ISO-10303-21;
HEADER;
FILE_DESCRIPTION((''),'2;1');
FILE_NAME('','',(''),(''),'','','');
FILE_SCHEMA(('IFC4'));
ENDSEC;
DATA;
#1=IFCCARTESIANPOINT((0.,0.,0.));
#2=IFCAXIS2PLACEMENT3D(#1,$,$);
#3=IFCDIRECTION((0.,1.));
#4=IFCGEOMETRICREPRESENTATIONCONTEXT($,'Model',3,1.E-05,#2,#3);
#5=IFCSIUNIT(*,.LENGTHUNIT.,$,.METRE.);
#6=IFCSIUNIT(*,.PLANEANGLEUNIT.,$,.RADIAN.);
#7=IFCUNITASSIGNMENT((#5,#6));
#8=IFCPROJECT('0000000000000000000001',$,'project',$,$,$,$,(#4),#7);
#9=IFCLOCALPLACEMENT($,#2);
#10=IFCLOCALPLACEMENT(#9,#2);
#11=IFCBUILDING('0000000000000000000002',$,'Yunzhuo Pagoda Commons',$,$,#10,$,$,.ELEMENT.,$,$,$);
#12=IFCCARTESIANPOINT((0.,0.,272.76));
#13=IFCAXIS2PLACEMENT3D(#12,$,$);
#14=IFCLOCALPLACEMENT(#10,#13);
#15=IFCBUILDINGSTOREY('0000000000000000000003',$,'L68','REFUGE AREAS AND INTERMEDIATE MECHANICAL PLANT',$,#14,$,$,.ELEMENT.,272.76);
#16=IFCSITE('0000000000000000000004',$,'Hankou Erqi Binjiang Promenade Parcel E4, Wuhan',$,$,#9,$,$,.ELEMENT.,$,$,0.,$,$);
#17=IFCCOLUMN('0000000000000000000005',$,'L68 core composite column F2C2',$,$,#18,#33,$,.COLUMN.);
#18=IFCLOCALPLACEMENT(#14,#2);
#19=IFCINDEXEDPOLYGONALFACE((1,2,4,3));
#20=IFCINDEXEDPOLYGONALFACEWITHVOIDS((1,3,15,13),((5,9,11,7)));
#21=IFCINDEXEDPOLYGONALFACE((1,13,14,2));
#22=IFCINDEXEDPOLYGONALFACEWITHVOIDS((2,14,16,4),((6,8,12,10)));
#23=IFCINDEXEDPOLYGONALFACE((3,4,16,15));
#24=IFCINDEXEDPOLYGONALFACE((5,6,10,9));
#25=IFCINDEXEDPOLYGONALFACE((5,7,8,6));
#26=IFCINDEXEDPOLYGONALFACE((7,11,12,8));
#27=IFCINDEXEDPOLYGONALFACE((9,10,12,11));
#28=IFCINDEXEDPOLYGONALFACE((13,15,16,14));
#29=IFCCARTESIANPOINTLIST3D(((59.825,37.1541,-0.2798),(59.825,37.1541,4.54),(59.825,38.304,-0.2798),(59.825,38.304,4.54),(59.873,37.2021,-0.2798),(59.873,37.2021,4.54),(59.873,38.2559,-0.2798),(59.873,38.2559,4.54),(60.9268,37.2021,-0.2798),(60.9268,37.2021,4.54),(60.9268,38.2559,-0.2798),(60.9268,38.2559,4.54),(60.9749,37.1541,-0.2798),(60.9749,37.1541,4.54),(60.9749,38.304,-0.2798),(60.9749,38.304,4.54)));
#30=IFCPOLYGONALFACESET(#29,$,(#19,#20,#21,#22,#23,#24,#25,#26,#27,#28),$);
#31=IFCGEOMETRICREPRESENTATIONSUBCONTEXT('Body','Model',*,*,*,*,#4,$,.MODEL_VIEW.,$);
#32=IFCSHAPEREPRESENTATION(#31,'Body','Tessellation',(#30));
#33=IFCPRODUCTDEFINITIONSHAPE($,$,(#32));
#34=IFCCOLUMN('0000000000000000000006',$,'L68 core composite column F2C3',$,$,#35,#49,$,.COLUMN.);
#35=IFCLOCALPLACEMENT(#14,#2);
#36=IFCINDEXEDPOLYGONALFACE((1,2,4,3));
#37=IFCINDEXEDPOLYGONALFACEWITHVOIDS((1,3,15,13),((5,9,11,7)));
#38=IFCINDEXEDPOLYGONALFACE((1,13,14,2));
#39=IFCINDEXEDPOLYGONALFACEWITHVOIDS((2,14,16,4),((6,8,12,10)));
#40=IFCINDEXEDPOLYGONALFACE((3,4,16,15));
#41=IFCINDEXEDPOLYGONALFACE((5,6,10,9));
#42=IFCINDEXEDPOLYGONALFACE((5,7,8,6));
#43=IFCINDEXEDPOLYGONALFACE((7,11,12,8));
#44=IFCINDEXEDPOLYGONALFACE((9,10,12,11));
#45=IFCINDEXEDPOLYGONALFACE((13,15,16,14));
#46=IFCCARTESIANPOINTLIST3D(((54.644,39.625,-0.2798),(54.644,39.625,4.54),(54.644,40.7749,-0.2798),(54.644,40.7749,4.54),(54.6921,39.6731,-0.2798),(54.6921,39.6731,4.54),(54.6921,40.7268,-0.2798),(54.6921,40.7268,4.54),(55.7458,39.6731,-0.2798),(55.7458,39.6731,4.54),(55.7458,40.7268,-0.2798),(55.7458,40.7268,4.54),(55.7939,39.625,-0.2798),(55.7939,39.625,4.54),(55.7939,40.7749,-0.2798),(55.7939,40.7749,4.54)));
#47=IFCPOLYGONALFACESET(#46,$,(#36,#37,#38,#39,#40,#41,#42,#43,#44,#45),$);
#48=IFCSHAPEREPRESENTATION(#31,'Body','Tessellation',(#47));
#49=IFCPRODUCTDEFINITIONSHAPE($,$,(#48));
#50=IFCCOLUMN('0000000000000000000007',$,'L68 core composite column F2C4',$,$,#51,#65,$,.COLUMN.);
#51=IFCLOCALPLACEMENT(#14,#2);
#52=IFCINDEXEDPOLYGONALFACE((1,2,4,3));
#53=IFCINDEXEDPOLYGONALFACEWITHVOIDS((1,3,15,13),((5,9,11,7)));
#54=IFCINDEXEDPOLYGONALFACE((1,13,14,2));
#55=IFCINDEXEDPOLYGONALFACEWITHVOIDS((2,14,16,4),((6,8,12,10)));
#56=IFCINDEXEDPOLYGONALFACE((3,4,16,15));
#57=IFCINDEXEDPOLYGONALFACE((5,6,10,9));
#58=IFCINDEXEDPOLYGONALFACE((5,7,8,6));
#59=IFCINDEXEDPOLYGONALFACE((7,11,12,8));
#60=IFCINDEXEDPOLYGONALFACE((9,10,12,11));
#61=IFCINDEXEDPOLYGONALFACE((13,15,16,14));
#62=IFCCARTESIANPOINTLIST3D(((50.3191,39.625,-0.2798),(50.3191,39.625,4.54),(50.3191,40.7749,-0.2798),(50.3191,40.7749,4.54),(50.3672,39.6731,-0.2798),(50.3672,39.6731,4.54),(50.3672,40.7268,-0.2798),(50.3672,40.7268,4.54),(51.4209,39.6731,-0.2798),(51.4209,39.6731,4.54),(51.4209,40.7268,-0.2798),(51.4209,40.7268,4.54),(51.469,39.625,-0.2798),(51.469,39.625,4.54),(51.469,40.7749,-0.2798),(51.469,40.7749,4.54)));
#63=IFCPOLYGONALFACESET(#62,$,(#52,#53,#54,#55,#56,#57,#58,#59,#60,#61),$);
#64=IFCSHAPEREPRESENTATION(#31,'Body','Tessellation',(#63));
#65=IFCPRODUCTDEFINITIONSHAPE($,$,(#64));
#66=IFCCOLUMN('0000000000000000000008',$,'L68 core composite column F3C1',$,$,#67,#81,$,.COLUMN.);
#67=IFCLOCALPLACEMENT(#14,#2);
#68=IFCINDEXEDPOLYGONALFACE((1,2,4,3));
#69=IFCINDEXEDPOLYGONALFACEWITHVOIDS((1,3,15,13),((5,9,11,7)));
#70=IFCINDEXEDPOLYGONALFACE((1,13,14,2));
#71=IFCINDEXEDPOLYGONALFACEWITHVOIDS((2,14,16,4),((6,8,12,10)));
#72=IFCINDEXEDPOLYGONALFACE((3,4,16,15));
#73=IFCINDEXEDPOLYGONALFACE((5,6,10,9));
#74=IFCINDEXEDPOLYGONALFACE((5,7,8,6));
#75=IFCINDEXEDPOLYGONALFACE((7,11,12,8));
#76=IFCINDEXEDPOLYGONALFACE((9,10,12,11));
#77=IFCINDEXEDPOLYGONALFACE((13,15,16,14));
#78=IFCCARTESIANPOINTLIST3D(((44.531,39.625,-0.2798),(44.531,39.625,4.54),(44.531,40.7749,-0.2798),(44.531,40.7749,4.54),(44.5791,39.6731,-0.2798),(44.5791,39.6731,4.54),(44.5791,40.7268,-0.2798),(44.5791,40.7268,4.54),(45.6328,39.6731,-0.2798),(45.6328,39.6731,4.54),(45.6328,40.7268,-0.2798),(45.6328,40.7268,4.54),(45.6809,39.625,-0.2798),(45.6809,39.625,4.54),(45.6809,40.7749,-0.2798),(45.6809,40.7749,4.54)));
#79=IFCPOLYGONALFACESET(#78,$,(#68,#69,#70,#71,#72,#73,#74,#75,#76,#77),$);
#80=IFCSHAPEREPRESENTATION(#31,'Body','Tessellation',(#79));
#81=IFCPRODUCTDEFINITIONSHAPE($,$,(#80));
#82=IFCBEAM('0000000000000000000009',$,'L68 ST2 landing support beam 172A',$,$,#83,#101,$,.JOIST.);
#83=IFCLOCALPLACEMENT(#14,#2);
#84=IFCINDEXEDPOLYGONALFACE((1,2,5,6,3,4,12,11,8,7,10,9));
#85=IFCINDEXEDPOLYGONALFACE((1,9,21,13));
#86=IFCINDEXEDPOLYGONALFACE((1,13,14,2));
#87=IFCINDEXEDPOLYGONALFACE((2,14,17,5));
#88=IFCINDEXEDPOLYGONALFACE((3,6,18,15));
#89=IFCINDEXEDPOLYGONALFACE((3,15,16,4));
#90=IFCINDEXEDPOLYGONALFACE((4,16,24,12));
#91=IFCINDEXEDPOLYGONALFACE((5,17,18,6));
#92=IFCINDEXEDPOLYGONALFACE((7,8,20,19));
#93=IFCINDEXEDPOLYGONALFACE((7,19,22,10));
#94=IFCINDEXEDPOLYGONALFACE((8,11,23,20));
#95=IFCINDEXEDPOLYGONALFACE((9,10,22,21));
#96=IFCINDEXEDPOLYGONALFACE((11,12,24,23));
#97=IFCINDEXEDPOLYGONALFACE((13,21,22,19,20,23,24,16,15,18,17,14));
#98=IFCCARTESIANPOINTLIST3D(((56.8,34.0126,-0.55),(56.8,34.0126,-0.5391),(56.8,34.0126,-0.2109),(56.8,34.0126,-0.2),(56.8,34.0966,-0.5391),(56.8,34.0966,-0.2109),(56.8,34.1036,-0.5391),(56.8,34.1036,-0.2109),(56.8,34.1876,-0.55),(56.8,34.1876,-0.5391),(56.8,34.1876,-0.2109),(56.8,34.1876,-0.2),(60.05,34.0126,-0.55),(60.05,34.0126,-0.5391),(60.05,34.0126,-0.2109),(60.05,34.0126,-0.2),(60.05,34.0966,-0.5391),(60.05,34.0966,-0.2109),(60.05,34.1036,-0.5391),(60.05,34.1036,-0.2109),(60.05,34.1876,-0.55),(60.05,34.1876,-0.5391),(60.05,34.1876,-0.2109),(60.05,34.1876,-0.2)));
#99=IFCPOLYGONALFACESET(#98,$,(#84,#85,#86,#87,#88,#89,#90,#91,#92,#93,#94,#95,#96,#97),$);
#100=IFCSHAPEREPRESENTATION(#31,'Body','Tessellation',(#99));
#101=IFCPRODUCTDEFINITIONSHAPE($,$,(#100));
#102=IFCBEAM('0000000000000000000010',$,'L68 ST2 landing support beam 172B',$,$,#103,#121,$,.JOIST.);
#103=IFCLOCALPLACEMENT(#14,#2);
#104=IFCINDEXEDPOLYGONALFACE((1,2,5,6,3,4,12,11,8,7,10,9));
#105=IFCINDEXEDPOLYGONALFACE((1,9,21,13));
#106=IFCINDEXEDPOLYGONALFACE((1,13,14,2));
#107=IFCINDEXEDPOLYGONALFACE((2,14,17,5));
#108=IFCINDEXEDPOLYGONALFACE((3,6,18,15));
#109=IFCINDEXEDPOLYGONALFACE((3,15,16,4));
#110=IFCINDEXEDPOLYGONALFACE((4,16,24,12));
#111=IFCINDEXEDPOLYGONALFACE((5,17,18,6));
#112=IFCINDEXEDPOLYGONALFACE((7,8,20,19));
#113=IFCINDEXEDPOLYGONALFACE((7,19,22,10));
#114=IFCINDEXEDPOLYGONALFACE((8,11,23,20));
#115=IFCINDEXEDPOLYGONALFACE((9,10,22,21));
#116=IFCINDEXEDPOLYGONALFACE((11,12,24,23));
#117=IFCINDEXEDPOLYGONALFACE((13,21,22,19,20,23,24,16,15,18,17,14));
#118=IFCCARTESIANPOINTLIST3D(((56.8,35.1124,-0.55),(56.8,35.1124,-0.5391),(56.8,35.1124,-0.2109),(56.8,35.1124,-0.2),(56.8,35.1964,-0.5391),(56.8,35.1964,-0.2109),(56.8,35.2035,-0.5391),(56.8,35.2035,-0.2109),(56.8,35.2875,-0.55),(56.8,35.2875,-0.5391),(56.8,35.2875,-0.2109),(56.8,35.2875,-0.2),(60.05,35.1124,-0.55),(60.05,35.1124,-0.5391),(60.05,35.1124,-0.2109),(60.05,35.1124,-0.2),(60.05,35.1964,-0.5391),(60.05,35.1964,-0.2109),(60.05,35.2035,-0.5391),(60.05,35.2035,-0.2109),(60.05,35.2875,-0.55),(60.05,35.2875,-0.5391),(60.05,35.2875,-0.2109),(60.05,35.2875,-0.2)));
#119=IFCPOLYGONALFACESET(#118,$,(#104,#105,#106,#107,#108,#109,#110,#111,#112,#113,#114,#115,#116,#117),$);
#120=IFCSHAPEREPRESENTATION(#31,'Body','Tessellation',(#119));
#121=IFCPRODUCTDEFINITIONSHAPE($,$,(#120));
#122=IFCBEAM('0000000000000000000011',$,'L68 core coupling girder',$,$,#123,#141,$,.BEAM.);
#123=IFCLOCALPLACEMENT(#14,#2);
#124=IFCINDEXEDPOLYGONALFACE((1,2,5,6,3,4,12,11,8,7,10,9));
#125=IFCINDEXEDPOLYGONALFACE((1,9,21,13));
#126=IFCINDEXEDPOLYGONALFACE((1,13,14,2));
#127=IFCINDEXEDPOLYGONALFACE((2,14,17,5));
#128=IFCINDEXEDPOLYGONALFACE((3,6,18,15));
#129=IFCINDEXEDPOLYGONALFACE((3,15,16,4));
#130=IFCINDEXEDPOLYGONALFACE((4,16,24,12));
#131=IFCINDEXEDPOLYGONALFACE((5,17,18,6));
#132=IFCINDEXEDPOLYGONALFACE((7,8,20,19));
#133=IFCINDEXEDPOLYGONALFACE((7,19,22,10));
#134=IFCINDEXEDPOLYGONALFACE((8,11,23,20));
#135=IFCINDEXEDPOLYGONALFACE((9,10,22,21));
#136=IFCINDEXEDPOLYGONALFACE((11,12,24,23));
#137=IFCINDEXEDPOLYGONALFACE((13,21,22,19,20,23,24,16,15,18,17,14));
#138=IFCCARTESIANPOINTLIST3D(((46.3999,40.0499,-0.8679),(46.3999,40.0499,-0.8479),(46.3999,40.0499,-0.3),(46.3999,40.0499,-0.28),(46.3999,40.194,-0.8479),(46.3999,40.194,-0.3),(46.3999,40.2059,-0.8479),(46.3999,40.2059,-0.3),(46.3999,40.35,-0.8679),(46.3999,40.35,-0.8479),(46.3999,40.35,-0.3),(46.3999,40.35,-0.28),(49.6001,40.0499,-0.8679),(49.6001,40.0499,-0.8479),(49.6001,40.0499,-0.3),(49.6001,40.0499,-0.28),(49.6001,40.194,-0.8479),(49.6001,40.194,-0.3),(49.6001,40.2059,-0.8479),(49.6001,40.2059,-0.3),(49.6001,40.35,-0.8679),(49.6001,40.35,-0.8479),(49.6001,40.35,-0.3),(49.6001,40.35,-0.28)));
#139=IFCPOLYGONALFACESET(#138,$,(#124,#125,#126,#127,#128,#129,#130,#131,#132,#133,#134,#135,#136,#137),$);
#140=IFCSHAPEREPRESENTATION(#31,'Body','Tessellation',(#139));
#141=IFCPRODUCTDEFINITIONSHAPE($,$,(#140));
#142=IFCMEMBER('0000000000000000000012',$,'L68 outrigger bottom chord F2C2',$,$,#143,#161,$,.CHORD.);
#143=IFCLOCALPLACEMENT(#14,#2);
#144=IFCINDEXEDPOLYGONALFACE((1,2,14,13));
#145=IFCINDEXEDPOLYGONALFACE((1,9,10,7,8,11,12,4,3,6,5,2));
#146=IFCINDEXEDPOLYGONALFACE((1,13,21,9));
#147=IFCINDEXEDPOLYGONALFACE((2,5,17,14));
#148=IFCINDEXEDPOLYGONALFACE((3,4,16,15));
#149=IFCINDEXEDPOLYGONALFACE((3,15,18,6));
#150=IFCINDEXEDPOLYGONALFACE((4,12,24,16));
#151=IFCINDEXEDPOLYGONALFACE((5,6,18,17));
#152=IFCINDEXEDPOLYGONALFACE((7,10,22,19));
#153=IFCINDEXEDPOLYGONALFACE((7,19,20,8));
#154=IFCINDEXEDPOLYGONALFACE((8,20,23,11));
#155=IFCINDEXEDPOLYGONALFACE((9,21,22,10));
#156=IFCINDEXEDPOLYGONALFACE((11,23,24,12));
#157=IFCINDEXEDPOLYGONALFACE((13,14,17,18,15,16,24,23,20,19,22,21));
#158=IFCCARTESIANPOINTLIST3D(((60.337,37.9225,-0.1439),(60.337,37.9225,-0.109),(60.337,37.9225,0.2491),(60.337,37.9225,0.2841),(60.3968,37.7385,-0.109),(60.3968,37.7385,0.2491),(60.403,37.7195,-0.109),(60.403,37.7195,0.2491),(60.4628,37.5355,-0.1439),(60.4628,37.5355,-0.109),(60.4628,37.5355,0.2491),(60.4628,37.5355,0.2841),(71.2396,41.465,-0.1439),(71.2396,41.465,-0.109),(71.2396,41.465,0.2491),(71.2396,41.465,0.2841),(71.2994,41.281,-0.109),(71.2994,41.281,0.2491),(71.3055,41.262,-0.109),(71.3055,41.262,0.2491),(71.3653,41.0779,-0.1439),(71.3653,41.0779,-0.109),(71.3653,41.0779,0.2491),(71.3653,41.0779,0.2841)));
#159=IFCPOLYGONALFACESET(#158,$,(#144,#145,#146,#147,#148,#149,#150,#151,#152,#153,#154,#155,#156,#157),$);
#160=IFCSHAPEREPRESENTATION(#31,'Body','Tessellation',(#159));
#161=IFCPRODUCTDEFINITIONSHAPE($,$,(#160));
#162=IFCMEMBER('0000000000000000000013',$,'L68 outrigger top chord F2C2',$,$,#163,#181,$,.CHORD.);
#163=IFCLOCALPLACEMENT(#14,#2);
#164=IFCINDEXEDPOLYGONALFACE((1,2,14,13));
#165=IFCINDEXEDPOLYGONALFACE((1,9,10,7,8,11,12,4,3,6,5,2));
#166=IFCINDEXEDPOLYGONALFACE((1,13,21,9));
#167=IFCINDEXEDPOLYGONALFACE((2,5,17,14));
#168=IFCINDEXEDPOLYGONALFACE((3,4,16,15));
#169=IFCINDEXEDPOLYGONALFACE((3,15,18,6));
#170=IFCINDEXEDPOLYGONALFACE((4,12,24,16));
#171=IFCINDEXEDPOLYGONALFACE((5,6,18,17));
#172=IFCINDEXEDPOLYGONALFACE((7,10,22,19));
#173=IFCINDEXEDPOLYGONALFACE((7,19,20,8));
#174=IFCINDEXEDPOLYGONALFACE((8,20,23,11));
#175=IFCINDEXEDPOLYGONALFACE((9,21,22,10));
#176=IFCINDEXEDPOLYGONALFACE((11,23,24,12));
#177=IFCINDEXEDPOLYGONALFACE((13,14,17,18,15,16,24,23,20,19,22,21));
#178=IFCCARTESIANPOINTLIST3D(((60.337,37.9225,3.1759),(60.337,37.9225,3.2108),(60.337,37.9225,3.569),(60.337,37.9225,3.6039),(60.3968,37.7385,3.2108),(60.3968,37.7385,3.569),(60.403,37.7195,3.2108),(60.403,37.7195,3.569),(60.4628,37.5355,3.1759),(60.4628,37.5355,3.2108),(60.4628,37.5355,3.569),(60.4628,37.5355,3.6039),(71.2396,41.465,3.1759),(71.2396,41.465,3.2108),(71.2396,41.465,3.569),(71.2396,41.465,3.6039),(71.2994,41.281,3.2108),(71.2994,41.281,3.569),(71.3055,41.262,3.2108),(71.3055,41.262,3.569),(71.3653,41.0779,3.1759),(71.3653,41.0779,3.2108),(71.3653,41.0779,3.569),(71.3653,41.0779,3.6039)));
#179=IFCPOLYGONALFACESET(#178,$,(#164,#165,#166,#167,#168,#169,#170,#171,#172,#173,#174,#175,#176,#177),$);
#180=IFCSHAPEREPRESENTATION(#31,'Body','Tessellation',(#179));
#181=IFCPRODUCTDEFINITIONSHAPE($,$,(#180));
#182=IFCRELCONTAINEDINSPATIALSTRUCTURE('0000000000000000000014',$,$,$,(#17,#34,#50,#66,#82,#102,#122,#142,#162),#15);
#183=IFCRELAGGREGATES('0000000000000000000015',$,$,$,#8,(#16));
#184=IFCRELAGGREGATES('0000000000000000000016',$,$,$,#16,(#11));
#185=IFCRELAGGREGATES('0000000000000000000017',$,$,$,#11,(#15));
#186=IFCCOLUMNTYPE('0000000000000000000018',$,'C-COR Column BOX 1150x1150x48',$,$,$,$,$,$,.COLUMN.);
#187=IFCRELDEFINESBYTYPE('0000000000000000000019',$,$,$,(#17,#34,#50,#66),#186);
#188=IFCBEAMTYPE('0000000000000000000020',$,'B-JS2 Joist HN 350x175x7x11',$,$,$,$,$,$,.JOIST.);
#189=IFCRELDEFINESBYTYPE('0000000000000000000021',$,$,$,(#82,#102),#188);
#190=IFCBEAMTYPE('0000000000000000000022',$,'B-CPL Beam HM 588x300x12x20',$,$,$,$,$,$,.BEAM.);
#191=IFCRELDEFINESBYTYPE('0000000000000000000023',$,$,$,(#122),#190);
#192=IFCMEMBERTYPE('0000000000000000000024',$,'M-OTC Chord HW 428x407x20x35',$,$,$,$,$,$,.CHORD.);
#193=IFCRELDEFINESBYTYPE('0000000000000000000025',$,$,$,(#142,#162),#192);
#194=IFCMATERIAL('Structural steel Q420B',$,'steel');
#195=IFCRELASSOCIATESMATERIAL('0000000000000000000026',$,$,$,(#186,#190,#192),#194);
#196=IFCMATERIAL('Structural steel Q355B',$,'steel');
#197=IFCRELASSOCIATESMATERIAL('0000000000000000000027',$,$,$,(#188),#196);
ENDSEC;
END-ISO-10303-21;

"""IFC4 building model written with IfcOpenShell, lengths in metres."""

from ifc_helpers import new_model, si_unit, direction, frame, origin, origin_2d, place, context, subcontext, project, spatial, hollow_rectangle, i_section, extrude, source, transform, mapped, material, material_profile, profile_set, type_object, element, save


model = new_model("IFC4")

# Units and contexts
model_context = context("Model", 3, precision=1e-05, world=origin(), true_north=direction((0.0, 1.0)))
body_context = subcontext(model_context, "Body", "Model", "MODEL_VIEW")
ifc_project = project(units=[si_unit("LENGTHUNIT", "METRE"), si_unit("PLANEANGLEUNIT", "RADIAN")], contexts=[model_context])

# Site, building, storey
site_placement = place(None, origin())
site = spatial("IfcSite", under=ifc_project, at=site_placement, Name="Hankou Erqi Binjiang Promenade Parcel E4, Wuhan", CompositionType="ELEMENT", RefElevation=0.0)
building_placement = place(site_placement, origin())
building = spatial("IfcBuilding", under=site, at=building_placement, Name="Yunzhuo Pagoda Commons", CompositionType="ELEMENT")
storey_placement = place(building_placement, frame((0.0, 0.0, 272.76)))
storey = spatial("IfcBuildingStorey", under=building, at=storey_placement, Name="L68", Description="REFUGE AREAS AND INTERMEDIATE MECHANICAL PLANT", CompositionType="ELEMENT", Elevation=272.76)

# Columns
ifc_material_1 = material(Name="Structural steel Q420B", Category="steel")
ifc_material_profile_1 = material_profile(ifc_material_1, hollow_rectangle(XDim=1.1499, YDim=1.1499, WallThickness=0.0481, at=origin_2d()), Name="Structural steel Q420B")
ifc_profile_set_1 = profile_set([ifc_material_profile_1], Name="Structural steel Q420B")
column_type = type_object("IfcColumnType", Name="C-COR Column BOX 1150x1150x48", PredefinedType="COLUMN", material=ifc_profile_set_1)
shared_shape_1 = source(origin(), body_context, "Body", "SweptSolid", [
    extrude(hollow_rectangle(XDim=1.1499, YDim=1.1499, WallThickness=0.0481, at=origin_2d()), origin(), (0.0, 0.0, 1.0), 4.8198),
])
for number, where, z_axis, x_axis, name in (
    (1, (60.3999, 37.729, -0.2798), (0.0, 0.0, 1.0), (1.0, 0.0, 0.0), "L68 core composite column F2C2"),
    (2, (55.219, 40.2, -0.2798), (0.0, 0.0, 1.0), (1.0, 0.0, 0.0), "L68 core composite column F2C3"),
    (3, (50.894, 40.2, -0.2798), (0.0, 0.0, 1.0), (1.0, 0.0, 0.0), "L68 core composite column F2C4"),
    (4, (45.106, 40.2, -0.2798), (0.0, 0.0, 1.0), (1.0, 0.0, 0.0), "L68 core composite column F3C1"),
):
    element("IfcColumn", number, at=place(storey_placement, frame(where, z_axis=z_axis, x_axis=x_axis)), inside=storey, type_object=column_type, Name=name, PredefinedType="COLUMN", context=body_context, shape_type="MappedRepresentation", body=[
        mapped(shared_shape_1, transform((0.0, 0.0, 0.0), scale=1.0)),
    ])

# Beams
ifc_material_2 = material(Name="Structural steel Q355B", Category="steel")
ifc_material_profile_2 = material_profile(ifc_material_2, i_section(OverallWidth=0.175, OverallDepth=0.3501, WebThickness=0.0071, FlangeThickness=0.011, at=origin_2d()), Name="Structural steel Q355B")
ifc_profile_set_2 = profile_set([ifc_material_profile_2], Name="Structural steel Q355B")
beam_type_1 = type_object("IfcBeamType", Name="B-JS2 Joist HN 350x175x7x11", PredefinedType="JOIST", material=ifc_profile_set_2)
shared_shape_2 = source(origin(), body_context, "Body", "SweptSolid", [
    extrude(i_section(OverallWidth=0.175, OverallDepth=0.3501, WebThickness=0.0071, FlangeThickness=0.011, at=origin_2d()), origin(), (0.0, 0.0, 1.0), 3.25),
])
for number, where, z_axis, x_axis, name in (
    (5, (56.8, 34.1001, -0.375), (1.0, 0.0, 0.0), (0.0, 1.0, 0.0), "L68 ST2 landing support beam 172A"),
    (6, (56.8, 35.2, -0.375), (1.0, 0.0, 0.0), (0.0, 1.0, 0.0), "L68 ST2 landing support beam 172B"),
):
    element("IfcBeam", number, at=place(storey_placement, frame(where, z_axis=z_axis, x_axis=x_axis)), inside=storey, type_object=beam_type_1, Name=name, PredefinedType="JOIST", context=body_context, shape_type="MappedRepresentation", body=[
        mapped(shared_shape_2, transform((0.0, 0.0, 0.0), scale=1.0)),
    ])
ifc_material_profile_3 = material_profile(ifc_material_1, i_section(OverallWidth=0.3, OverallDepth=0.5879, WebThickness=0.012, FlangeThickness=0.02, at=origin_2d()), Name="Structural steel Q420B")
ifc_profile_set_3 = profile_set([ifc_material_profile_3], Name="Structural steel Q420B")
beam_type_2 = type_object("IfcBeamType", Name="B-CPL Beam HM 588x300x12x20", PredefinedType="BEAM", material=ifc_profile_set_3)
shared_shape_3 = source(origin(), body_context, "Body", "SweptSolid", [
    extrude(i_section(OverallWidth=0.3, OverallDepth=0.5879, WebThickness=0.012, FlangeThickness=0.02, at=origin_2d()), origin(), (0.0, 0.0, 1.0), 3.2002),
])
beam_placement = place(storey_placement, frame((46.3999, 40.2, -0.574), z_axis=(1.0, 0.0, 0.0), x_axis=(0.0, 1.0, 0.0)))
element("IfcBeam", 7, at=beam_placement, inside=storey, type_object=beam_type_2, Name="L68 core coupling girder", PredefinedType="BEAM", context=body_context, shape_type="MappedRepresentation", body=[
    mapped(shared_shape_3, transform((0.0, 0.0, 0.0), scale=1.0)),
])

# Members
ifc_material_profile_4 = material_profile(ifc_material_1, i_section(OverallWidth=0.407, OverallDepth=0.428, WebThickness=0.02, FlangeThickness=0.0349, at=origin_2d()), Name="Structural steel Q420B")
ifc_profile_set_4 = profile_set([ifc_material_profile_4], Name="Structural steel Q420B")
member_type_1 = type_object("IfcMemberType", Name="M-OTC Chord HW 428x407x20x35", PredefinedType="CHORD", material=ifc_profile_set_4)
shared_shape_4 = source(origin(), body_context, "Body", "SweptSolid", [
    extrude(i_section(OverallWidth=0.407, OverallDepth=0.428, WebThickness=0.02, FlangeThickness=0.0349, at=origin_2d()), origin(), (0.0, 0.0, 1.0), 11.4636),
])
for number, where, z_axis, x_axis, name in (
    (8, (60.3999, 37.729, 0.0701), (0.951056, 0.309018, 0.0), (-0.309018, 0.951056, 0.0), "L68 outrigger bottom chord F2C2"),
    (9, (60.3999, 37.729, 3.3899), (0.951056, 0.309018, 0.0), (-0.309018, 0.951056, 0.0), "L68 outrigger top chord F2C2"),
):
    element("IfcMember", number, at=place(storey_placement, frame(where, z_axis=z_axis, x_axis=x_axis)), inside=storey, type_object=member_type_1, Name=name, PredefinedType="CHORD", context=body_context, shape_type="MappedRepresentation", body=[
        mapped(shared_shape_4, transform((0.0, 0.0, 0.0), scale=1.0)),
    ])

save(model, "model.ifc")
